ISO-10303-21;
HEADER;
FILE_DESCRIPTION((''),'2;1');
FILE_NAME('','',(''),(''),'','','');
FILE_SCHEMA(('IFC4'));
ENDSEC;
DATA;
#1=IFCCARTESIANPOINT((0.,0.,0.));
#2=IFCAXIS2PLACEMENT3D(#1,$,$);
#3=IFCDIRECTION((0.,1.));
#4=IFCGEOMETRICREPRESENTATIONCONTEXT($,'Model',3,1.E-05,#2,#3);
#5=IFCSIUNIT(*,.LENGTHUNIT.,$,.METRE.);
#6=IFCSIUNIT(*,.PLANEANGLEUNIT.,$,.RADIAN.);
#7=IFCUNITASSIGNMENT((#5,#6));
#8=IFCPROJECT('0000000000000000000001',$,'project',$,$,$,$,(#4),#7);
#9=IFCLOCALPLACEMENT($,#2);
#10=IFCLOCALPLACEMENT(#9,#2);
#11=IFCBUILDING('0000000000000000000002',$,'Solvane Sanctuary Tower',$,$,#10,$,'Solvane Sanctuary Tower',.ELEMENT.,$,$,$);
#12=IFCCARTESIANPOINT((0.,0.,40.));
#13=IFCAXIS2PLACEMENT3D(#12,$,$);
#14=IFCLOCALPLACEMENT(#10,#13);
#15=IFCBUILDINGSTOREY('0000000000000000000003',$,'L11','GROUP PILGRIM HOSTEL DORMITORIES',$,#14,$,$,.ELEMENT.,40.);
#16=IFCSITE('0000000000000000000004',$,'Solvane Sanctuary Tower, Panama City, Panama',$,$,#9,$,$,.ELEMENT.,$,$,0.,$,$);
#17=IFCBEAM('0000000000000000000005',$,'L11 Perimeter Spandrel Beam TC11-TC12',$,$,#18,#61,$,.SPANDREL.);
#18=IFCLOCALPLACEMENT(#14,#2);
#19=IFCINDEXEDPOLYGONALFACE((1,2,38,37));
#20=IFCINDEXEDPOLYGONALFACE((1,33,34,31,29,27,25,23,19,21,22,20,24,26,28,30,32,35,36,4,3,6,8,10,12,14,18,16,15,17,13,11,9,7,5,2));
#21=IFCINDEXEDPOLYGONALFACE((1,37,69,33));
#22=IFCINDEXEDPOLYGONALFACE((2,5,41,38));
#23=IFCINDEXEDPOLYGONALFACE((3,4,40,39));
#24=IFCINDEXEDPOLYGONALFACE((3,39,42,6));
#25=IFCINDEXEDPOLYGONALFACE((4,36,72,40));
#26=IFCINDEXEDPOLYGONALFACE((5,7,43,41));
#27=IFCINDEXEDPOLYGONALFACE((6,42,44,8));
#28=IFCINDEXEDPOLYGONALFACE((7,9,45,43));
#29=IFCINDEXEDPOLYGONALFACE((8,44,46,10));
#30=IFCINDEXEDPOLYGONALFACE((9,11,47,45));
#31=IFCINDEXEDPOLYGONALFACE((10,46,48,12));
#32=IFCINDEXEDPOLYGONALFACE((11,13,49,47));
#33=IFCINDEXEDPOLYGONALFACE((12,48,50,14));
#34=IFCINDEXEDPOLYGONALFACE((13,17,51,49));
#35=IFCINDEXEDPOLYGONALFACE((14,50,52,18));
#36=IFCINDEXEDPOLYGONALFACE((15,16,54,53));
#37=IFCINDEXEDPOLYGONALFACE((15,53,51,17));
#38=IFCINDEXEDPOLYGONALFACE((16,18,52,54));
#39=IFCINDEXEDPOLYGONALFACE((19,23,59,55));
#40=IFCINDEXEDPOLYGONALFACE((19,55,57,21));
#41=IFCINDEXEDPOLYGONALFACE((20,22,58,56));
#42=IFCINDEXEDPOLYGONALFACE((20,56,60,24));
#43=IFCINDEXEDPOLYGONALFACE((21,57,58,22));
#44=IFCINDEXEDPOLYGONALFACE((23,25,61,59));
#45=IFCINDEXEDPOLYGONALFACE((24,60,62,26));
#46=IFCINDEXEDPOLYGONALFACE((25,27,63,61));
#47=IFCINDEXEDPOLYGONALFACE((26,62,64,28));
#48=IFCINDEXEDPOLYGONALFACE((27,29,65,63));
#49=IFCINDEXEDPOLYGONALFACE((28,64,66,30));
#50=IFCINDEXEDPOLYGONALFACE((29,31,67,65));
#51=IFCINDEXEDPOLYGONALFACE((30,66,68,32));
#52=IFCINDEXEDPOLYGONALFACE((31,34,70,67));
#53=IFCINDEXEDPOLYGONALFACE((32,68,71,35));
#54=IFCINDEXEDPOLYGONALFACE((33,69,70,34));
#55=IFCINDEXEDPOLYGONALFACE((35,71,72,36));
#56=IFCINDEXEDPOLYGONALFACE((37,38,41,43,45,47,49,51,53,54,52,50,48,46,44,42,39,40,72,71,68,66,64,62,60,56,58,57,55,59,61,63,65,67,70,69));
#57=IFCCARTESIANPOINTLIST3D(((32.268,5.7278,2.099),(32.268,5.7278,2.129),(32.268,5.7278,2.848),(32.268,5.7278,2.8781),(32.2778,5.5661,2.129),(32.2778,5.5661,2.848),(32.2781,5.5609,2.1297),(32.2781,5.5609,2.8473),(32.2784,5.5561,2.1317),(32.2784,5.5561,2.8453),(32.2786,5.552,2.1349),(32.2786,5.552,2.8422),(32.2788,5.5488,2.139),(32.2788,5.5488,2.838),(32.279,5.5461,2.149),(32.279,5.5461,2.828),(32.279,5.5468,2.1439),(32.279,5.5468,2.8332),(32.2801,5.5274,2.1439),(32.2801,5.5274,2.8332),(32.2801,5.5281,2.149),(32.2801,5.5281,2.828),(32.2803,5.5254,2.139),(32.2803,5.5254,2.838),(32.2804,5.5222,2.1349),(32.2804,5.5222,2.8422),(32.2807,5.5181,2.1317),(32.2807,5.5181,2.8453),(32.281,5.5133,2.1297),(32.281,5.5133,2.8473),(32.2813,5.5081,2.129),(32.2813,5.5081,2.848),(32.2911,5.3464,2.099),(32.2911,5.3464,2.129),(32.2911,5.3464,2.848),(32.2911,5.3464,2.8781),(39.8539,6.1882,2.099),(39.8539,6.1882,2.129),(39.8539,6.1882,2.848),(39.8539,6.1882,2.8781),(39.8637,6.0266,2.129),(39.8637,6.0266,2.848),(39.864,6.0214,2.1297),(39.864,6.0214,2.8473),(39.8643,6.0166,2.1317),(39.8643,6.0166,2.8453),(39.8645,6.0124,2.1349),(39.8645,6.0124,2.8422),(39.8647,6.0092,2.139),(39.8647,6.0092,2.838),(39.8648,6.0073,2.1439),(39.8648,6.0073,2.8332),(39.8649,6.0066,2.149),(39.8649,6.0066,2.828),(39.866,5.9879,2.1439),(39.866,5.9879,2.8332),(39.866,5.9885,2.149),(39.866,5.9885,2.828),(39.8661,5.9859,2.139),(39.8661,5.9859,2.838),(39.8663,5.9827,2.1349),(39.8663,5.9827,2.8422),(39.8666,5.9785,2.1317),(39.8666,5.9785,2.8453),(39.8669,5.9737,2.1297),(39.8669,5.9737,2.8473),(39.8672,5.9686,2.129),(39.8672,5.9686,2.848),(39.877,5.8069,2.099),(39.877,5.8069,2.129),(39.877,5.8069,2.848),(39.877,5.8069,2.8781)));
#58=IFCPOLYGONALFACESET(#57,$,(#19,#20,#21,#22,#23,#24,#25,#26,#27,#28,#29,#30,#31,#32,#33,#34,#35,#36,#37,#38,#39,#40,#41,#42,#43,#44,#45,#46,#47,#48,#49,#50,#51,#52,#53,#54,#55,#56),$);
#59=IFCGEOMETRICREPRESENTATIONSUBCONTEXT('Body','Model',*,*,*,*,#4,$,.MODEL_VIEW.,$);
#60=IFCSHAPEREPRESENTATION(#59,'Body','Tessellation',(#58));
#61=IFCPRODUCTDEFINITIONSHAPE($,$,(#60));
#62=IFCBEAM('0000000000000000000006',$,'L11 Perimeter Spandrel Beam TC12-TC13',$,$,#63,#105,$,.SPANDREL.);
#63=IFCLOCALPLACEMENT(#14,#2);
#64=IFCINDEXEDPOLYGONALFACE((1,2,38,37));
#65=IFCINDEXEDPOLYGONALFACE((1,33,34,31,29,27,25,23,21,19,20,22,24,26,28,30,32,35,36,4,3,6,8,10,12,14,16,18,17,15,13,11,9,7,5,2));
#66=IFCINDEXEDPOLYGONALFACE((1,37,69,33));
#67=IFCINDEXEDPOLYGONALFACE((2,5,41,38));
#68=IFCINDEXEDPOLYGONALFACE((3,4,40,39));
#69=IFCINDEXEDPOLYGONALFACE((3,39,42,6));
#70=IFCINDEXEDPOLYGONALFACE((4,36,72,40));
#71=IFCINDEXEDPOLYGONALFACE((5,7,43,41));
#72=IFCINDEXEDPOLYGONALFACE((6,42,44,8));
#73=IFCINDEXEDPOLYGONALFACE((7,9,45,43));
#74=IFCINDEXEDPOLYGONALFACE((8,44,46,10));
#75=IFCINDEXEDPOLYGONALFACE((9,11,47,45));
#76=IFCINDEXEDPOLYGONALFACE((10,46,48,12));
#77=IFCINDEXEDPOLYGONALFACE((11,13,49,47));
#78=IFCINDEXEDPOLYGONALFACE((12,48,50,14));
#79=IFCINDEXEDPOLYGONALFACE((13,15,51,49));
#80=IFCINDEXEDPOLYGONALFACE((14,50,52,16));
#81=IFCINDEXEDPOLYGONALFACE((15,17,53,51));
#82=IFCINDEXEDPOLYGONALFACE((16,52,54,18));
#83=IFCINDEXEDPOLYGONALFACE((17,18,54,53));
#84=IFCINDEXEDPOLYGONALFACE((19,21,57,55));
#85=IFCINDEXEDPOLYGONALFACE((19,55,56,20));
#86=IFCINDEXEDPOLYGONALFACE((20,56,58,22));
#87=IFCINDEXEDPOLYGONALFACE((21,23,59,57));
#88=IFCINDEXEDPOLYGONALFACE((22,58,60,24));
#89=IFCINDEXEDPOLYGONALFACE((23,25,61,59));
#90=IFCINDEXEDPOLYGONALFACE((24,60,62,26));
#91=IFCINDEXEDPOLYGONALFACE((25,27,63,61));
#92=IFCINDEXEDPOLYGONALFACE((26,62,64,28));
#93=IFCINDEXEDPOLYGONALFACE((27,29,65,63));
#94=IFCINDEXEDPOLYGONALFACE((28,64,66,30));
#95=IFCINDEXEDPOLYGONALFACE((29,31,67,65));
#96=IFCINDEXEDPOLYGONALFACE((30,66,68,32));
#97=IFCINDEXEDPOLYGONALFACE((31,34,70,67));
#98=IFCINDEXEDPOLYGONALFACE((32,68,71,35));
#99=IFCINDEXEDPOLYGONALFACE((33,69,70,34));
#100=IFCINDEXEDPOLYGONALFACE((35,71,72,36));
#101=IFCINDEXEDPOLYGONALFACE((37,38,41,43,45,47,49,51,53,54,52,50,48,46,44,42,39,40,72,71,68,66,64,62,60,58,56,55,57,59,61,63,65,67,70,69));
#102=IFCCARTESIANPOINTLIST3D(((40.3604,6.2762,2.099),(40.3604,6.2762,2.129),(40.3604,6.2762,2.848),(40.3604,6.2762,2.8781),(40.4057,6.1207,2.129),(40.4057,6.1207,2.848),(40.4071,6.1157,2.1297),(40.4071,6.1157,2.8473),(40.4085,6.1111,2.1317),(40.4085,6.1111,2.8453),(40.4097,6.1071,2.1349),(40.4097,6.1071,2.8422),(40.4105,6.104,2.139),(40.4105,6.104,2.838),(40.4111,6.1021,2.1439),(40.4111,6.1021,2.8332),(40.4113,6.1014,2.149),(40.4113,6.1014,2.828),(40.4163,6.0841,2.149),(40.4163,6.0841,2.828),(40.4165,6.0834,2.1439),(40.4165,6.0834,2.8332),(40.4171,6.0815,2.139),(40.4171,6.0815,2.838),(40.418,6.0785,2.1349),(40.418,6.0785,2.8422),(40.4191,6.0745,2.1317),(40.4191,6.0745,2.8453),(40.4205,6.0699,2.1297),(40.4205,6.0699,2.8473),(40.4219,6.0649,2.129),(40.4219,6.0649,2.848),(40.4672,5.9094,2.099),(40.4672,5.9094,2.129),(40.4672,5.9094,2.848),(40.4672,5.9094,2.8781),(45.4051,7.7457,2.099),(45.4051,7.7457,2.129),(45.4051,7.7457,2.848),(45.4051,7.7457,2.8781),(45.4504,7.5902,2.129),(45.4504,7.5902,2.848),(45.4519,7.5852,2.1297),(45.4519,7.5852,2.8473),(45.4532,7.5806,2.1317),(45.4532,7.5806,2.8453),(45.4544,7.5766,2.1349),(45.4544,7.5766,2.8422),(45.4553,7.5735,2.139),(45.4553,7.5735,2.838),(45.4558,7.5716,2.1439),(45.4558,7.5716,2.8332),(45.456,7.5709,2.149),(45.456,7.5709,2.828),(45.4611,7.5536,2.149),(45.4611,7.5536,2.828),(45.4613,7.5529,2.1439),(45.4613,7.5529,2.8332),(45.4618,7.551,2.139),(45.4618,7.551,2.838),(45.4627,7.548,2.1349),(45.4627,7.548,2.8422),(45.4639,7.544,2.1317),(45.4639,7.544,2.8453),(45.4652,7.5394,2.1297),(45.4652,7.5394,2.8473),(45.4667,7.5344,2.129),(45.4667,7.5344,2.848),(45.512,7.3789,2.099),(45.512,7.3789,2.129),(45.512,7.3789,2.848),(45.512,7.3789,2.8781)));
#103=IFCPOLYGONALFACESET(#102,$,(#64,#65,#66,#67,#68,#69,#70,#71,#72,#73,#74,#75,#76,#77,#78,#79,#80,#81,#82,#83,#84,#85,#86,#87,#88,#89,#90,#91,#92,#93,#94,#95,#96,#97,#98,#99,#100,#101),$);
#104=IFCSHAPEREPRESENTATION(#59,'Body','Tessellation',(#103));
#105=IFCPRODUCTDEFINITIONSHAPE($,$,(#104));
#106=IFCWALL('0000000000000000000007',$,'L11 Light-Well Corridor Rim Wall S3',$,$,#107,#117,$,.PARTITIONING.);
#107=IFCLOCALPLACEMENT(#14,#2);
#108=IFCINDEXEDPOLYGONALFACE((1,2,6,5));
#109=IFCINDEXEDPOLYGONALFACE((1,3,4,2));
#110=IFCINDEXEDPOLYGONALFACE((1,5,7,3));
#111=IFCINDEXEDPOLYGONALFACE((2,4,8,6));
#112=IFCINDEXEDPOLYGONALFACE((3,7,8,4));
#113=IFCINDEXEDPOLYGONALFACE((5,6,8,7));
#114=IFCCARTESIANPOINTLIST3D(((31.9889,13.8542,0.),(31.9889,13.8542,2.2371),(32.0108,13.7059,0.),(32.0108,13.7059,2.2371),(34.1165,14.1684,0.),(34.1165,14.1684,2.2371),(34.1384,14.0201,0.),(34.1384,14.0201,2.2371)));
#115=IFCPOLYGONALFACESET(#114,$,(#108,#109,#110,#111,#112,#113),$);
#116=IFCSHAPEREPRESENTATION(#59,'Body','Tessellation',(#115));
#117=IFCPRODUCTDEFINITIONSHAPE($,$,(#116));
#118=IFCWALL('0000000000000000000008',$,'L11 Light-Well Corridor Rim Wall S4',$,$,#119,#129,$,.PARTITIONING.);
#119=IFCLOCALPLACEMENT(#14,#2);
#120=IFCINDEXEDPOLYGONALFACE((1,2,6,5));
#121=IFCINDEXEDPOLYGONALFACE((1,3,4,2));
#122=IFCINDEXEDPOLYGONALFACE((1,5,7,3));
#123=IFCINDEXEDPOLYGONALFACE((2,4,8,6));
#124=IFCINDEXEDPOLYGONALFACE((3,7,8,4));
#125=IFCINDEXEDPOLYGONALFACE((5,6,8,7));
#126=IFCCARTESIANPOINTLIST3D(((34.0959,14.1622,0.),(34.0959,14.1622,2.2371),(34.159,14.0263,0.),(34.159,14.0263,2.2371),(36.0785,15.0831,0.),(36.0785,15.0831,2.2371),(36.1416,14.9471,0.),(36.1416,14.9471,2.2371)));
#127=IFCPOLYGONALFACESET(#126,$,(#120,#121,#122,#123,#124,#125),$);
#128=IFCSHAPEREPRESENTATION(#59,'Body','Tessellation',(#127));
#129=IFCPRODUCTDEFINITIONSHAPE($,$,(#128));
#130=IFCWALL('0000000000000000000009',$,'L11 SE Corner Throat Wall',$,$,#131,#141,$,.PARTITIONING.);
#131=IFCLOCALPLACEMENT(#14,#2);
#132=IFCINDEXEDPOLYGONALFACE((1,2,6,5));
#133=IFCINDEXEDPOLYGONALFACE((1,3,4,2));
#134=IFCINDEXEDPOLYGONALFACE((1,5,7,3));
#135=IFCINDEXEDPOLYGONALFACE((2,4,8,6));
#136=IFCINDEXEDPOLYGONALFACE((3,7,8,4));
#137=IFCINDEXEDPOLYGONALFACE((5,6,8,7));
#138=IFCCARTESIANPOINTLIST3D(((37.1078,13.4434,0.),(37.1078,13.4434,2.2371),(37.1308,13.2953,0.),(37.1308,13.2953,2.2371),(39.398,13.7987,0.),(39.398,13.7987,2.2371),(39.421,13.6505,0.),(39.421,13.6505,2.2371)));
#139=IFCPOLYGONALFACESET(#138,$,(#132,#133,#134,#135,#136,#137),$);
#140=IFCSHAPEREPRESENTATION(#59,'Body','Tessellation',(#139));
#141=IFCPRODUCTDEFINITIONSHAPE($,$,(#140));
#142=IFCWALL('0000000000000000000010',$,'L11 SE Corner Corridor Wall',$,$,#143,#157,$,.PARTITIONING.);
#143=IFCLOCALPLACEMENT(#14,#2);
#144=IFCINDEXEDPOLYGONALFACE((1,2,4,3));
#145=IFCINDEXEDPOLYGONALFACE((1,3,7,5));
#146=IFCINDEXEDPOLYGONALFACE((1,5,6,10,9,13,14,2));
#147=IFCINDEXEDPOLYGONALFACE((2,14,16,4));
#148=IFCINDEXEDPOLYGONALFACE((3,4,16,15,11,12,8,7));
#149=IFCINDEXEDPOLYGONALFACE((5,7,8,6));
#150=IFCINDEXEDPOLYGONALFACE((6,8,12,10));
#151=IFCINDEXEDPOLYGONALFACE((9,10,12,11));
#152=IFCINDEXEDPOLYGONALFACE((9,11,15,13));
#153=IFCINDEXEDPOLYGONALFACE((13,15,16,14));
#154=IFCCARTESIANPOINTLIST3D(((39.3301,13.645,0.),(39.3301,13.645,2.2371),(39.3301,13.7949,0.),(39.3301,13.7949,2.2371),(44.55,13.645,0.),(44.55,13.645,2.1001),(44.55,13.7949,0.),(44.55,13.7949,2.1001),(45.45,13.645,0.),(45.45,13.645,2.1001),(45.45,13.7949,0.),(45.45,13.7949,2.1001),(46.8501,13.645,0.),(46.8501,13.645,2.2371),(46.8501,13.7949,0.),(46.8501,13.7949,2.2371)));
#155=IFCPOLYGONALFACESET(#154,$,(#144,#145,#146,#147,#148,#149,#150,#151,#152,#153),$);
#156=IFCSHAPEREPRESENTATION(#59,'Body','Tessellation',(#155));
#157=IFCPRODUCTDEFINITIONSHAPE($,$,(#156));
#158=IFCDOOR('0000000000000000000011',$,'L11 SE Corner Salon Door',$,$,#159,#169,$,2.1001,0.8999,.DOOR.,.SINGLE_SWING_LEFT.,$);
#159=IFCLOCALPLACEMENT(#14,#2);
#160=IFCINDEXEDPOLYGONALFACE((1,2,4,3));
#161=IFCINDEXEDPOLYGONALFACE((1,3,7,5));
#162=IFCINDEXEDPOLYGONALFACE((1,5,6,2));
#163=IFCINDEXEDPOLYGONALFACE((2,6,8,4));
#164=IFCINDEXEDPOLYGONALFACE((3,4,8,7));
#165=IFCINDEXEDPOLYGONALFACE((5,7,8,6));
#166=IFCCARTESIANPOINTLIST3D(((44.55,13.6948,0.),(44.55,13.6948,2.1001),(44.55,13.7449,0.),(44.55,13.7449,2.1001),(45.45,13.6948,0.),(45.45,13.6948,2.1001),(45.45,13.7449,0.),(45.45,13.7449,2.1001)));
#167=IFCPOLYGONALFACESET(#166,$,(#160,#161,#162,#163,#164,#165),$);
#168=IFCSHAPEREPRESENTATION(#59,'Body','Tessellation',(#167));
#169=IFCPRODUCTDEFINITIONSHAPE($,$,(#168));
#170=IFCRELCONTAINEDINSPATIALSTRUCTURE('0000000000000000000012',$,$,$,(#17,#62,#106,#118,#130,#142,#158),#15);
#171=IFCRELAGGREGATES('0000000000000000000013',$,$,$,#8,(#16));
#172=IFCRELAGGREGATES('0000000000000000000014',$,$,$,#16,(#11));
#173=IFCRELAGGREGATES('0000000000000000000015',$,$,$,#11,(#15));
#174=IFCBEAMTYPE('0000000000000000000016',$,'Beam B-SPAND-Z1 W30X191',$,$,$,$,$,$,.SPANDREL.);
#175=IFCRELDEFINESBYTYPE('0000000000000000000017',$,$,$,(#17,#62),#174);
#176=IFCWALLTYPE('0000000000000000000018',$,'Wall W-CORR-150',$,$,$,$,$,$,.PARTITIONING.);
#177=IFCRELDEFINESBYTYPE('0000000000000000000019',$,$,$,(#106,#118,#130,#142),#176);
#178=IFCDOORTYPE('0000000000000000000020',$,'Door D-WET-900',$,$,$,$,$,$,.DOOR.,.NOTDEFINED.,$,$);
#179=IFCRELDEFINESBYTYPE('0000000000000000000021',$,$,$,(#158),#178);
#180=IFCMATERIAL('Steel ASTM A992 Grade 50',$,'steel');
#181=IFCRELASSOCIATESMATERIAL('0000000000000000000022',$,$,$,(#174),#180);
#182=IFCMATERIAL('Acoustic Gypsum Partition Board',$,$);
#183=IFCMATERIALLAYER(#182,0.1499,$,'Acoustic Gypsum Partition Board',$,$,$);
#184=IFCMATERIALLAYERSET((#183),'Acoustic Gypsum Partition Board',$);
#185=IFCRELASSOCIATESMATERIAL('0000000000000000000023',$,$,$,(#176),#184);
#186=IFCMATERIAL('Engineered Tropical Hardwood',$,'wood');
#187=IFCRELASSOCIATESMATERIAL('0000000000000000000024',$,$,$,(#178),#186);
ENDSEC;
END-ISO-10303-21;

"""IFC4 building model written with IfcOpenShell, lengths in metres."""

from ifc_helpers import new_model, si_unit, direction, frame, frame_2d, origin, origin_2d, place, context, subcontext, project, spatial, rectangle, i_section, extrude, material, layer, layer_set, material_profile, profile_set, type_object, element, fill, save


model = new_model("IFC4")

# Units and contexts
model_context = context("Model", 3, precision=1e-05, world=origin(), true_north=direction((0.0, 1.0)))
body_context = subcontext(model_context, "Body", "Model", "MODEL_VIEW")
ifc_project = project(units=[si_unit("LENGTHUNIT", "METRE"), si_unit("PLANEANGLEUNIT", "RADIAN")], contexts=[model_context])

# Site, building, storey
site_placement = place(None, origin())
site = spatial("IfcSite", under=ifc_project, at=site_placement, Name="Solvane Sanctuary Tower, Panama City, Panama", CompositionType="ELEMENT", RefElevation=0.0)
building_placement = place(site_placement, origin())
building = spatial("IfcBuilding", under=site, at=building_placement, Name="Solvane Sanctuary Tower", LongName="Solvane Sanctuary Tower", CompositionType="ELEMENT")
storey_placement = place(building_placement, frame((0.0, 0.0, 40.0)))
storey = spatial("IfcBuildingStorey", under=building, at=storey_placement, Name="L11", Description="GROUP PILGRIM HOSTEL DORMITORIES", CompositionType="ELEMENT", Elevation=40.0)

# Beams
ifc_material_1 = material(Name="Steel ASTM A992 Grade 50", Category="steel")
ifc_material_profile_1 = material_profile(ifc_material_1, i_section(OverallWidth=0.3821, OverallDepth=0.7791, WebThickness=0.0181, FlangeThickness=0.03, FilletRadius=0.02, at=origin_2d()), Name="W30X191")
ifc_profile_set_1 = profile_set([ifc_material_profile_1], Name="Steel ASTM A992 Grade 50")
beam_type_1 = type_object("IfcBeamType", Name="Beam B-SPAND-Z1 W30X191", PredefinedType="SPANDREL", material=ifc_profile_set_1)
beam_1_placement = place(storey_placement, frame((32.2795, 5.5371, 2.4885), z_axis=(0.998163, 0.060586, 0.0), x_axis=(-0.060586, 0.998163, 0.0)))
element("IfcBeam", 1, at=beam_1_placement, inside=storey, type_object=beam_type_1, Name="L11 Perimeter Spandrel Beam TC11-TC12", PredefinedType="SPANDREL", context=body_context, shape_type="SweptSolid", body=[
    extrude(i_section(OverallWidth=0.3821, OverallDepth=0.7791, WebThickness=0.0181, FlangeThickness=0.03, FilletRadius=0.02, at=origin_2d()), origin(), (0.0, 0.0, 1.0), 7.5999),
])
beam_2_placement = place(storey_placement, frame((40.4138, 6.0928, 2.4885), z_axis=(0.960096, 0.27967, 0.0), x_axis=(-0.27967, 0.960096, 0.0)))
element("IfcBeam", 2, at=beam_2_placement, inside=storey, type_object=beam_type_1, Name="L11 Perimeter Spandrel Beam TC12-TC13", PredefinedType="SPANDREL", context=body_context, shape_type="SweptSolid", body=[
    extrude(i_section(OverallWidth=0.3821, OverallDepth=0.7791, WebThickness=0.0181, FlangeThickness=0.03, FilletRadius=0.02, at=origin_2d()), origin(), (0.0, 0.0, 1.0), 5.2544),
])

# Walls
ifc_material_2 = material(Name="Acoustic Gypsum Partition Board")
ifc_layer_1 = layer(ifc_material_2, 0.1499, Name="Acoustic Gypsum Partition Board")
ifc_layer_set_1 = layer_set([ifc_layer_1], Name="Acoustic Gypsum Partition Board")
wall_type_1 = type_object("IfcWallType", Name="Wall W-CORR-150", PredefinedType="PARTITIONING", material=ifc_layer_set_1)
wall_1_placement = place(storey_placement, frame((32.0, 13.78, 0.0), z_axis=(0.0, 0.0, 1.0), x_axis=(0.989269, 0.146108, 0.0)))
element("IfcWall", 3, at=wall_1_placement, inside=storey, type_object=wall_type_1, Name="L11 Light-Well Corridor Rim Wall S3", PredefinedType="PARTITIONING", context=body_context, shape_type="SweptSolid", body=[
    extrude(rectangle(XDim=2.1506, YDim=0.1499, at=frame_2d((1.0752, 0.0))), origin(), (0.0, 0.0, 1.0), 2.2371),
])
wall_2_placement = place(storey_placement, frame((34.1274, 14.0942, 0.0), z_axis=(0.0, 0.0, 1.0), x_axis=(0.906943, 0.421252, 0.0)))
element("IfcWall", 4, at=wall_2_placement, inside=storey, type_object=wall_type_1, Name="L11 Light-Well Corridor Rim Wall S4", PredefinedType="PARTITIONING", context=body_context, shape_type="SweptSolid", body=[
    extrude(rectangle(XDim=2.186, YDim=0.1499, at=frame_2d((1.093, 0.0))), origin(), (0.0, 0.0, 1.0), 2.2371),
])
wall_3_placement = place(storey_placement, frame((37.1194, 13.3694, 0.0), z_axis=(0.0, 0.0, 1.0), x_axis=(0.988185, 0.153268, 0.0)))
element("IfcWall", 5, at=wall_3_placement, inside=storey, type_object=wall_type_1, Name="L11 SE Corner Throat Wall", PredefinedType="PARTITIONING", context=body_context, shape_type="SweptSolid", body=[
    extrude(rectangle(XDim=2.3176, YDim=0.1499, at=frame_2d((1.1587, 0.0))), origin(), (0.0, 0.0, 1.0), 2.2371),
])

# Wall, opening, door
wall_4_placement = place(storey_placement, frame((39.3301, 13.72, 0.0), z_axis=(0.0, 0.0, 1.0), x_axis=(1.0, 0.0, 0.0)))
wall_4 = element("IfcWall", 6, at=wall_4_placement, inside=storey, type_object=wall_type_1, Name="L11 SE Corner Corridor Wall", PredefinedType="PARTITIONING", context=body_context, shape_type="SweptSolid", body=[
    extrude(rectangle(XDim=7.52, YDim=0.1499, at=frame_2d((3.76, 0.0))), origin(), (0.0, 0.0, 1.0), 2.2371),
])
opening_1_placement = place(wall_4_placement, frame((5.22, 0.0, 0.0)))
opening_1 = element("IfcOpeningElement", 7, at=opening_1_placement, cuts=wall_4, PredefinedType="OPENING", context=body_context, shape_type="SweptSolid", body=[
    extrude(rectangle(XDim=0.8999, YDim=2.1001, at=frame_2d((0.45, 1.05))), frame((0.0, 0.085, 0.0), z_axis=(0.0, -1.0, 0.0), x_axis=(1.0, 0.0, 0.0)), (0.0, 0.0, 1.0), 0.1699),
])
ifc_material_3 = material(Name="Engineered Tropical Hardwood", Category="wood")
door_type_1 = type_object("IfcDoorType", Name="Door D-WET-900", OperationType="NOTDEFINED", PredefinedType="DOOR", material=ifc_material_3)
door_1_placement = place(opening_1_placement, origin())
door_1 = element("IfcDoor", 8, at=door_1_placement, inside=storey, type_object=door_type_1, Name="L11 SE Corner Salon Door", OperationType="SINGLE_SWING_LEFT", OverallHeight=2.1001, OverallWidth=0.8999, PredefinedType="DOOR", context=body_context, shape_type="SweptSolid", body=[
    extrude(rectangle(XDim=0.8999, YDim=2.1001, at=frame_2d((0.45, 1.05))), frame((0.0, 0.0249, 0.0), z_axis=(0.0, -1.0, 0.0), x_axis=(1.0, 0.0, 0.0)), (0.0, 0.0, 1.0), 0.05),
])
fill(opening_1, door_1)

save(model, "model.ifc")
